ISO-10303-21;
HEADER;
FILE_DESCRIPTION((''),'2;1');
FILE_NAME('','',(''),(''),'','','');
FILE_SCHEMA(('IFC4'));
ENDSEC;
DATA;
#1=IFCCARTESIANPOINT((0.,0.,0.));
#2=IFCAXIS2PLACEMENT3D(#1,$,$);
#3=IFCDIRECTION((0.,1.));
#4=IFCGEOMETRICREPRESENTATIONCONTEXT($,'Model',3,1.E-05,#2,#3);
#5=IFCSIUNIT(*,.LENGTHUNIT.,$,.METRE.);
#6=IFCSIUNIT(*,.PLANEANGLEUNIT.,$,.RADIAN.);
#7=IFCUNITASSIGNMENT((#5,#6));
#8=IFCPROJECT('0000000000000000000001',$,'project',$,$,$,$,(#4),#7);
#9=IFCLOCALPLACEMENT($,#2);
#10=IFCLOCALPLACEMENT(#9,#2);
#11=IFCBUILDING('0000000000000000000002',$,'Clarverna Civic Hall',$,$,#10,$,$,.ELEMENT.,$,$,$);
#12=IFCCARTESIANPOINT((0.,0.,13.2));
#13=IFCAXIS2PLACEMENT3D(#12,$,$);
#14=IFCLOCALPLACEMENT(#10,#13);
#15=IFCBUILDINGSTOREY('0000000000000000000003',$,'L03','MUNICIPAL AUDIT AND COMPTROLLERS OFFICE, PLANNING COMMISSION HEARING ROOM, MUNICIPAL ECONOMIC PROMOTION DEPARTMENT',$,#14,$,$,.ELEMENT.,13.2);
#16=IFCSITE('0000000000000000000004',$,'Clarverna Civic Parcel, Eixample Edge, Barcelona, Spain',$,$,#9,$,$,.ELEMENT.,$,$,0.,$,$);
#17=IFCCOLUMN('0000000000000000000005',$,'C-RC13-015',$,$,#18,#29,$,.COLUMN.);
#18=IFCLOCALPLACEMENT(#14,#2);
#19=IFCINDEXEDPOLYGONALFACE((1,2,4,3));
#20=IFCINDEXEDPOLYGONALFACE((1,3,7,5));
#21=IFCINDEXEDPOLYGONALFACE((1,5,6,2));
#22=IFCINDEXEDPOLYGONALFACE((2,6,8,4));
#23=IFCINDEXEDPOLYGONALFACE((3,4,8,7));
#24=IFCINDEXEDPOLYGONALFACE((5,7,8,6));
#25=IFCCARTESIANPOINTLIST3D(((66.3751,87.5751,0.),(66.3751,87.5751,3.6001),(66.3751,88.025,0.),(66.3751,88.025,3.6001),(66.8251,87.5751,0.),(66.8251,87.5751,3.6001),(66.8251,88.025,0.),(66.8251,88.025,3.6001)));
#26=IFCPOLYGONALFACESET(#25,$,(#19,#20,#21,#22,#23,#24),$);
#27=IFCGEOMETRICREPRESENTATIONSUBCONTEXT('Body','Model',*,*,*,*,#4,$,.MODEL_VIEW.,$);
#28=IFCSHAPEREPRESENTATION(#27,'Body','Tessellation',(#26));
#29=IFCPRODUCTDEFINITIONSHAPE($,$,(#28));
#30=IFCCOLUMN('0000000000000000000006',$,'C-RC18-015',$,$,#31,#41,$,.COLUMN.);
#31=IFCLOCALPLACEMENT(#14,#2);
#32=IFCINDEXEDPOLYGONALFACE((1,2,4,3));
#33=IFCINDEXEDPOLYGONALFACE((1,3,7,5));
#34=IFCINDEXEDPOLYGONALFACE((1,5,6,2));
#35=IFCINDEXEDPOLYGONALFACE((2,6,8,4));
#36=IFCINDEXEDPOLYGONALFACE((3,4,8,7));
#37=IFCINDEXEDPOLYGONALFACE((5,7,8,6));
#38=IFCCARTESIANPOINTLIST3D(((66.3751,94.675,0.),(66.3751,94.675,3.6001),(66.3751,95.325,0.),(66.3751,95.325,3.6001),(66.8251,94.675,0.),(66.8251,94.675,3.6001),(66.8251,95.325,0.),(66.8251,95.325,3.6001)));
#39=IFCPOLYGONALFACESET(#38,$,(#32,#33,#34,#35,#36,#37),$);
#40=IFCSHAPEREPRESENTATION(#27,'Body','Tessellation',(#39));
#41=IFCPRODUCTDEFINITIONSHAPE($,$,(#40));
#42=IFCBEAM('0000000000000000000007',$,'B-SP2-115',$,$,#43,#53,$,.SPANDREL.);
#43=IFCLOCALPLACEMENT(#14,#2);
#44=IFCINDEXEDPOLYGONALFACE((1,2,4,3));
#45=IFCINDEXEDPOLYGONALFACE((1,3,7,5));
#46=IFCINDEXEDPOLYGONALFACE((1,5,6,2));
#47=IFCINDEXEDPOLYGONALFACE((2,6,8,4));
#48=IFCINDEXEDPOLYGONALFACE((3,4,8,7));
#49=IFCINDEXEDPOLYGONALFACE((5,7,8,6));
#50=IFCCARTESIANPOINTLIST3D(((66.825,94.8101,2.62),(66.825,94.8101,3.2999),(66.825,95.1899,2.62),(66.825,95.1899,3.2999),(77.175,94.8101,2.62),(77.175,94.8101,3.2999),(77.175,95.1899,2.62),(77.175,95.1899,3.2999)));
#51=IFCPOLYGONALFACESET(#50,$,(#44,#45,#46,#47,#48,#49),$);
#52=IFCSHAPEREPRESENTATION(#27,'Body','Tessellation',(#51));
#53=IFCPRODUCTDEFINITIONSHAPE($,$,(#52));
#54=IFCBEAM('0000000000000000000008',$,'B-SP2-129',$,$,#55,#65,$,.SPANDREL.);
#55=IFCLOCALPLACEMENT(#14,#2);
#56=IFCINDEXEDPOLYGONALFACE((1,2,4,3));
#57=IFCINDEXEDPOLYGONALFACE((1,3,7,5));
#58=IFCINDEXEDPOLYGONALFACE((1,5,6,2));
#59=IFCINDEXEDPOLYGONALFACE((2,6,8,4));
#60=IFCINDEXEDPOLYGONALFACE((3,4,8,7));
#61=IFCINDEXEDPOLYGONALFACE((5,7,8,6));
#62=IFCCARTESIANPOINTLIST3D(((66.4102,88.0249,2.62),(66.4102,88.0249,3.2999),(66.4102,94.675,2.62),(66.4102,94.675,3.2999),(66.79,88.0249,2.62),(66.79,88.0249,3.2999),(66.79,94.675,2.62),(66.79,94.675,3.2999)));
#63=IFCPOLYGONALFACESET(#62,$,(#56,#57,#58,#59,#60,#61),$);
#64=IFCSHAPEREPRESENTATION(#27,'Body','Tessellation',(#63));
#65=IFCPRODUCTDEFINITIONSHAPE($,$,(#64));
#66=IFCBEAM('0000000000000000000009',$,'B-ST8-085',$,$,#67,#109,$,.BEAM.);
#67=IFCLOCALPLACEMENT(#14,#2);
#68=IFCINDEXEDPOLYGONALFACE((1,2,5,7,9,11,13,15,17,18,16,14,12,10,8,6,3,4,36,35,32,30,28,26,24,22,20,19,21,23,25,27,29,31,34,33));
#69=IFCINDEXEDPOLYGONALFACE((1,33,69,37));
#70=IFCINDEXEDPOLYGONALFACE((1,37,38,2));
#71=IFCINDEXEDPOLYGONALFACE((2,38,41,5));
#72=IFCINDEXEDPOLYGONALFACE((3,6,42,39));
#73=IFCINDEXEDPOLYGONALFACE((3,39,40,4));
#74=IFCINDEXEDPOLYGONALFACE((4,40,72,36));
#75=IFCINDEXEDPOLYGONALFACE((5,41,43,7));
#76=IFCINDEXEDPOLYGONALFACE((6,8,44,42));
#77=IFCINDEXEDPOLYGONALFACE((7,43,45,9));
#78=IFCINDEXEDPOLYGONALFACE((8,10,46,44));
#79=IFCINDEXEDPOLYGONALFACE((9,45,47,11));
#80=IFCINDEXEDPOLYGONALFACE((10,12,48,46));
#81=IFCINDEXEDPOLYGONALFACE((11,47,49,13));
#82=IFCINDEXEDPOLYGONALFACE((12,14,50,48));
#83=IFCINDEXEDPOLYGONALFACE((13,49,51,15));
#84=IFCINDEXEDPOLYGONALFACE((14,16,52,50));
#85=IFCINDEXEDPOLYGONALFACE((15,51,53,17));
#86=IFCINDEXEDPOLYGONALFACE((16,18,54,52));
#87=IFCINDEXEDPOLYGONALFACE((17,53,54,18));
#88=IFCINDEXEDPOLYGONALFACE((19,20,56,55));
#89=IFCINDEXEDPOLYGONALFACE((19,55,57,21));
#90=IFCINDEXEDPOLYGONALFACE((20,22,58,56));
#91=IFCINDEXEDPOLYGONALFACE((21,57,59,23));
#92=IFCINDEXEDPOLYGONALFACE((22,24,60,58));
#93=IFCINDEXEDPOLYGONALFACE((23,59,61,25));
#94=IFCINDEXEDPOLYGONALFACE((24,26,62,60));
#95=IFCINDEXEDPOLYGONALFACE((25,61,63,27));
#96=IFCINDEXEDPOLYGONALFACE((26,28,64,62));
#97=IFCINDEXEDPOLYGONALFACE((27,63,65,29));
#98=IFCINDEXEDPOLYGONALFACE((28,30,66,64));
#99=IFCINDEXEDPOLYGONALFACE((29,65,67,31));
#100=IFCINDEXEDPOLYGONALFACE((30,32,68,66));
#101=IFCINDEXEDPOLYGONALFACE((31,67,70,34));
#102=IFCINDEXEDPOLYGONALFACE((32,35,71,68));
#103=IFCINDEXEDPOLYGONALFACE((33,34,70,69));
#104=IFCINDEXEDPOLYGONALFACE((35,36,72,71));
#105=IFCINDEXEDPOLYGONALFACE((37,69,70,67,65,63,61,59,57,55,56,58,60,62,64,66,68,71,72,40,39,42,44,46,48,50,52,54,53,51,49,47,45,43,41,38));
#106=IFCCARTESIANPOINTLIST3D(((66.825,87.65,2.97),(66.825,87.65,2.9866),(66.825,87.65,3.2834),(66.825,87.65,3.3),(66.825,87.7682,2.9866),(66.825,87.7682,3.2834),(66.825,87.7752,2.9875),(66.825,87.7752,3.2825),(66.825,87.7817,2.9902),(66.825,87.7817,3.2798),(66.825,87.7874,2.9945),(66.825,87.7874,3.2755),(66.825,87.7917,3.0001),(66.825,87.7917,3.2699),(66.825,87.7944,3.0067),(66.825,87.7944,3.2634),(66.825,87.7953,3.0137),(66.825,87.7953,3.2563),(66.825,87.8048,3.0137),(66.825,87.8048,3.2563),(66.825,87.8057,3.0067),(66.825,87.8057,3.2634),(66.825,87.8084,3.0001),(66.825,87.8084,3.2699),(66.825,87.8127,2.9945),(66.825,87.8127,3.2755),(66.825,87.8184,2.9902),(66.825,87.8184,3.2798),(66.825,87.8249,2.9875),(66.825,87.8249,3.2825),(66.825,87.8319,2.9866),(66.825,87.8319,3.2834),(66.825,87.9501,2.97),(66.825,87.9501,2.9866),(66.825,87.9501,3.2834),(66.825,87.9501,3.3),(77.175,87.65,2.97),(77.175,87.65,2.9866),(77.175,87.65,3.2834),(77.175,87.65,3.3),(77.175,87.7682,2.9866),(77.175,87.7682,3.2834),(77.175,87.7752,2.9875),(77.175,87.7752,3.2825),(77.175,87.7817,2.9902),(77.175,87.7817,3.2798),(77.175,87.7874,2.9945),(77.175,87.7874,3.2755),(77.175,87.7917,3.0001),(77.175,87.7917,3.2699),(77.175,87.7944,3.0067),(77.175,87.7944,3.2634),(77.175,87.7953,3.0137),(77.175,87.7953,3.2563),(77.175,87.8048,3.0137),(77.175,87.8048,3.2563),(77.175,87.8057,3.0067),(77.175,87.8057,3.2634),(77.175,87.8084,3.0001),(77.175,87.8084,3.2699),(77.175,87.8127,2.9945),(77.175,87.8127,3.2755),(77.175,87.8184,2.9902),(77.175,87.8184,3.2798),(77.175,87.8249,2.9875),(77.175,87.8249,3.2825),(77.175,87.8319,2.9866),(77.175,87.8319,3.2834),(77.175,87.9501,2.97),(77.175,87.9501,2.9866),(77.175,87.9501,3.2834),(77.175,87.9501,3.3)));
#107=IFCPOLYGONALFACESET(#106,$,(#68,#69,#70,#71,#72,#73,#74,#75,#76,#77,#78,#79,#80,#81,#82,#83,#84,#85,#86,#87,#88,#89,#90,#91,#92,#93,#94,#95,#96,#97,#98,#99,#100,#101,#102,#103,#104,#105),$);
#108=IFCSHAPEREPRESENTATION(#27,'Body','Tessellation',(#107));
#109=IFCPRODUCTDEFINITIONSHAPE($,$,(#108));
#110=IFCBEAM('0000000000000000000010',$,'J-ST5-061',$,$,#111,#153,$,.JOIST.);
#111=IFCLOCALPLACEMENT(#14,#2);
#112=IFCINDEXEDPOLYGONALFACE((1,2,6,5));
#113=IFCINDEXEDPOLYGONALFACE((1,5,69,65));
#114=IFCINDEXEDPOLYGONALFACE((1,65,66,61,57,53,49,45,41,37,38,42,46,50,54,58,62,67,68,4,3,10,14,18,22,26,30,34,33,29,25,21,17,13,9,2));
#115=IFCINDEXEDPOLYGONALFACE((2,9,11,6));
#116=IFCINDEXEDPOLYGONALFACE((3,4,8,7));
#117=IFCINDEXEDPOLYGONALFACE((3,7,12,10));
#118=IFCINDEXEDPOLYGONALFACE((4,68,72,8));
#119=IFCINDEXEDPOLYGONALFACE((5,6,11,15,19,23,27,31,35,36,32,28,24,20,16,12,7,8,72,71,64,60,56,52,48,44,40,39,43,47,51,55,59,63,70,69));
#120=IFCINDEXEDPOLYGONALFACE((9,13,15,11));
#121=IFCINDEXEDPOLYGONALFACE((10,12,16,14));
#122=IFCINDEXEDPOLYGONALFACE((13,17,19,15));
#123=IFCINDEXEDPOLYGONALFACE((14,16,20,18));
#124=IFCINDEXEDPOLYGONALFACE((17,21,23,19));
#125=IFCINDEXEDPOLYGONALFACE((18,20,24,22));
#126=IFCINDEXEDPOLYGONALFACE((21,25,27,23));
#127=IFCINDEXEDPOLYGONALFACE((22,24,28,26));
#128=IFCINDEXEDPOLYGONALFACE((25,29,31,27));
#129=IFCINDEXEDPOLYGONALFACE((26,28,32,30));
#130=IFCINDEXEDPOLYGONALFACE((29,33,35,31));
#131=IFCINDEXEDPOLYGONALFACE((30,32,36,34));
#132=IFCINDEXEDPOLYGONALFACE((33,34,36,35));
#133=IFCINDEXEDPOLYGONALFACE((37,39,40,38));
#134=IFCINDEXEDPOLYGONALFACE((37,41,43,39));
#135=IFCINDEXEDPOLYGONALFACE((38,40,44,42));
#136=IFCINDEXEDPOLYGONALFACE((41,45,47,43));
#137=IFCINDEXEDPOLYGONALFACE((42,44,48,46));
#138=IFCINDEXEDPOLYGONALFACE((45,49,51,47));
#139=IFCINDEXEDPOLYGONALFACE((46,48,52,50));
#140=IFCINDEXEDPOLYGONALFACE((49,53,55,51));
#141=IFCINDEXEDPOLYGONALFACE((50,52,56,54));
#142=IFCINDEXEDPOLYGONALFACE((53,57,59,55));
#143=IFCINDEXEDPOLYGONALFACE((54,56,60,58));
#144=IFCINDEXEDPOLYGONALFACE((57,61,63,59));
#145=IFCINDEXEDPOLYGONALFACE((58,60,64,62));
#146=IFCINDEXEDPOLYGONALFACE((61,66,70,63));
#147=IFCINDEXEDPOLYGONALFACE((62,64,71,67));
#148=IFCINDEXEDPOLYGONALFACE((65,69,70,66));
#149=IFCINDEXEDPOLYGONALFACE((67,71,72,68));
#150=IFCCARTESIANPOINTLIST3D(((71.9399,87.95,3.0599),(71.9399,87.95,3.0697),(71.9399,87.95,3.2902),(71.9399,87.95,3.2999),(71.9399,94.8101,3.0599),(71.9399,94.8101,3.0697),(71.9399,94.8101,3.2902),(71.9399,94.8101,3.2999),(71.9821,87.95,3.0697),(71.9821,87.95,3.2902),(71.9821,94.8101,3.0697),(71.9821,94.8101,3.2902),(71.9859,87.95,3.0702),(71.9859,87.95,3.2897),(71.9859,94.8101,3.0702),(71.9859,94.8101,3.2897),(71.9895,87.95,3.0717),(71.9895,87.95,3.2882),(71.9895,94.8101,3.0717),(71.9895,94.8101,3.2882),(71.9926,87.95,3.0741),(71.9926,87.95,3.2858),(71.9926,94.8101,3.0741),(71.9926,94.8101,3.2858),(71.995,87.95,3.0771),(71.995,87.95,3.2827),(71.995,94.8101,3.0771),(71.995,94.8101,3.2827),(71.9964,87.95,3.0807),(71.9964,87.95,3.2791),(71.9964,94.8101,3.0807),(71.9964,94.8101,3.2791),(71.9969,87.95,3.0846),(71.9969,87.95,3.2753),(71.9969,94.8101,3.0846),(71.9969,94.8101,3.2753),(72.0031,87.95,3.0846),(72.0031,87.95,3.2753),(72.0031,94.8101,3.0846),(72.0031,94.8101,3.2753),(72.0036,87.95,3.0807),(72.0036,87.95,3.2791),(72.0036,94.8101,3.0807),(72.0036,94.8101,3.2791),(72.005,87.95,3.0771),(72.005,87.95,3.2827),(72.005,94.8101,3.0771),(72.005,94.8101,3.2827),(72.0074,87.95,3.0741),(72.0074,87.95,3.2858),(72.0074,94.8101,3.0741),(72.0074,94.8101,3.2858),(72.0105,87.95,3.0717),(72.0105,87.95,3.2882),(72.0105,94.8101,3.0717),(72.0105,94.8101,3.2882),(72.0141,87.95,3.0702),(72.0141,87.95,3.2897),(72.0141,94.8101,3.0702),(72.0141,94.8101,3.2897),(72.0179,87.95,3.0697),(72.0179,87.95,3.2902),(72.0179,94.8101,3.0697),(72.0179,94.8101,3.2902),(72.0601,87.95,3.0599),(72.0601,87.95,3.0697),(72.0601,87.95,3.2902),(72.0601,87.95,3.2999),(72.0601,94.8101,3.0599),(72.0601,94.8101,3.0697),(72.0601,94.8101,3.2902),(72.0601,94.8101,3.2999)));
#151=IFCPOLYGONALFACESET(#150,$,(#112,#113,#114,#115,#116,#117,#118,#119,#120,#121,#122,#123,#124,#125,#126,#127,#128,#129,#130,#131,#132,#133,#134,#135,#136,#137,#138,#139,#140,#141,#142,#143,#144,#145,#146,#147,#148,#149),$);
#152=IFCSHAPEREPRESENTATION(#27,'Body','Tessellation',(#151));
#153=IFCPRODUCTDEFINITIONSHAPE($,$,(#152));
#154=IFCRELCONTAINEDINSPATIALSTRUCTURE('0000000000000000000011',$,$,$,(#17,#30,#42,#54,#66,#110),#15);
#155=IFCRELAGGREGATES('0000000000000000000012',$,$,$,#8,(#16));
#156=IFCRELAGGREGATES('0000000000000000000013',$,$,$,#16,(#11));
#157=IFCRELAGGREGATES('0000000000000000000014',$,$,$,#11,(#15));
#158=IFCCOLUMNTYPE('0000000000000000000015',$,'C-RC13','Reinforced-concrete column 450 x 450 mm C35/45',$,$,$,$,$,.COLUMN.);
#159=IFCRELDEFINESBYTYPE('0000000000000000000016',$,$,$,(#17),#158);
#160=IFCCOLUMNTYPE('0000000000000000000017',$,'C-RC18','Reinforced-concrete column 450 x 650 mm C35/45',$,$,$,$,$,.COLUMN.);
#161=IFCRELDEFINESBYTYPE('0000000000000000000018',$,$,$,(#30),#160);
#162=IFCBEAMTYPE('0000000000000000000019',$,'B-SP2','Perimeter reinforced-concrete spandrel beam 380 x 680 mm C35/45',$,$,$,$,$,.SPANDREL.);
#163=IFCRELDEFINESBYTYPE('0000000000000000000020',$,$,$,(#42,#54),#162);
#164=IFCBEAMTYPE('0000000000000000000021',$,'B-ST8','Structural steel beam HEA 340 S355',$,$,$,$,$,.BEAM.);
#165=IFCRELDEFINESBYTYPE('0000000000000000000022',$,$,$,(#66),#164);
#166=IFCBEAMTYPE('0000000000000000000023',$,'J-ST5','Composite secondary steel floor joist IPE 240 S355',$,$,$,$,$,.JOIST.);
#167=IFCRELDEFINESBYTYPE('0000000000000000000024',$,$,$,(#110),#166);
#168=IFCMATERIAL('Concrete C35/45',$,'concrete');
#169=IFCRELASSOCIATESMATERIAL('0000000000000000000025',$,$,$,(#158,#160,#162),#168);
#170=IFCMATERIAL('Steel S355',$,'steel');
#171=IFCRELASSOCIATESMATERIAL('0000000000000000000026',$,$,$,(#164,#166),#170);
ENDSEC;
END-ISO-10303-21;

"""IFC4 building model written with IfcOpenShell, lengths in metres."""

from ifc_helpers import new_model, si_unit, direction, frame, origin, origin_2d, place, context, subcontext, project, spatial, rectangle, i_section, extrude, material, material_profile, profile_set, type_object, element, save


model = new_model("IFC4")

# Units and contexts
model_context = context("Model", 3, precision=1e-05, world=origin(), true_north=direction((0.0, 1.0)))
body_context = subcontext(model_context, "Body", "Model", "MODEL_VIEW")
ifc_project = project(units=[si_unit("LENGTHUNIT", "METRE"), si_unit("PLANEANGLEUNIT", "RADIAN")], contexts=[model_context])

# Site, building, storey
site_placement = place(None, origin())
site = spatial("IfcSite", under=ifc_project, at=site_placement, Name="Clarverna Civic Parcel, Eixample Edge, Barcelona, Spain", CompositionType="ELEMENT", RefElevation=0.0)
building_placement = place(site_placement, origin())
building = spatial("IfcBuilding", under=site, at=building_placement, Name="Clarverna Civic Hall", CompositionType="ELEMENT")
storey_placement = place(building_placement, frame((0.0, 0.0, 13.2)))
storey = spatial("IfcBuildingStorey", under=building, at=storey_placement, Name="L03", Description="MUNICIPAL AUDIT AND COMPTROLLERS OFFICE, PLANNING COMMISSION HEARING ROOM, MUNICIPAL ECONOMIC PROMOTION DEPARTMENT", CompositionType="ELEMENT", Elevation=13.2)

# Columns
ifc_material_1 = material(Name="Concrete C35/45", Category="concrete")
ifc_material_profile_1 = material_profile(ifc_material_1, rectangle(XDim=0.45, YDim=0.45, at=origin_2d()), Name="RC 450x450")
ifc_profile_set_1 = profile_set([ifc_material_profile_1], Name="Concrete C35/45")
column_type_1 = type_object("IfcColumnType", Name="C-RC13", Description="Reinforced-concrete column 450 x 450 mm C35/45", PredefinedType="COLUMN", material=ifc_profile_set_1)
column_1_placement = place(storey_placement, frame((66.6001, 87.8, 0.0), z_axis=(0.0, 0.0, 1.0), x_axis=(1.0, 0.0, 0.0)))
element("IfcColumn", 1, at=column_1_placement, inside=storey, type_object=column_type_1, Name="C-RC13-015", PredefinedType="COLUMN", context=body_context, shape_type="SweptSolid", body=[
    extrude(rectangle(XDim=0.45, YDim=0.45, at=origin_2d()), origin(), (0.0, 0.0, 1.0), 3.6001),
])
ifc_material_profile_2 = material_profile(ifc_material_1, rectangle(XDim=0.45, YDim=0.6499, at=origin_2d()), Name="RC 450x650")
ifc_profile_set_2 = profile_set([ifc_material_profile_2], Name="Concrete C35/45")
column_type_2 = type_object("IfcColumnType", Name="C-RC18", Description="Reinforced-concrete column 450 x 650 mm C35/45", PredefinedType="COLUMN", material=ifc_profile_set_2)
column_2_placement = place(storey_placement, frame((66.6001, 95.0, 0.0), z_axis=(0.0, 0.0, 1.0), x_axis=(1.0, 0.0, 0.0)))
element("IfcColumn", 2, at=column_2_placement, inside=storey, type_object=column_type_2, Name="C-RC18-015", PredefinedType="COLUMN", context=body_context, shape_type="SweptSolid", body=[
    extrude(rectangle(XDim=0.45, YDim=0.6499, at=origin_2d()), origin(), (0.0, 0.0, 1.0), 3.6001),
])

# Beams
ifc_material_profile_3 = material_profile(ifc_material_1, rectangle(XDim=0.3799, YDim=0.6799, at=origin_2d()), Name="RC 380x680")
ifc_profile_set_3 = profile_set([ifc_material_profile_3], Name="Concrete C35/45")
beam_type_1 = type_object("IfcBeamType", Name="B-SP2", Description="Perimeter reinforced-concrete spandrel beam 380 x 680 mm C35/45", PredefinedType="SPANDREL", material=ifc_profile_set_3)
beam_1_placement = place(storey_placement, frame((66.825, 95.0, 2.96), z_axis=(1.0, 0.0, 0.0), x_axis=(0.0, 1.0, 0.0)))
element("IfcBeam", 3, at=beam_1_placement, inside=storey, type_object=beam_type_1, Name="B-SP2-115", PredefinedType="SPANDREL", context=body_context, shape_type="SweptSolid", body=[
    extrude(rectangle(XDim=0.3799, YDim=0.6799, at=origin_2d()), origin(), (0.0, 0.0, 1.0), 10.3501),
])
beam_2_placement = place(storey_placement, frame((66.6001, 88.0249, 2.96), z_axis=(0.0, 1.0, 0.0), x_axis=(-1.0, 0.0, 0.0)))
element("IfcBeam", 4, at=beam_2_placement, inside=storey, type_object=beam_type_1, Name="B-SP2-129", PredefinedType="SPANDREL", context=body_context, shape_type="SweptSolid", body=[
    extrude(rectangle(XDim=0.3799, YDim=0.6799, at=origin_2d()), origin(), (0.0, 0.0, 1.0), 6.6501),
])
ifc_material_2 = material(Name="Steel S355", Category="steel")
ifc_material_profile_4 = material_profile(ifc_material_2, i_section(OverallWidth=0.3, OverallDepth=0.3301, WebThickness=0.0095, FlangeThickness=0.0166, FilletRadius=0.0271, at=origin_2d()), Name="HEA 340")
ifc_profile_set_4 = profile_set([ifc_material_profile_4], Name="Steel S355")
beam_type_2 = type_object("IfcBeamType", Name="B-ST8", Description="Structural steel beam HEA 340 S355", PredefinedType="BEAM", material=ifc_profile_set_4)
beam_3_placement = place(storey_placement, frame((66.825, 87.8, 3.135), z_axis=(1.0, 0.0, 0.0), x_axis=(0.0, 1.0, 0.0)))
element("IfcBeam", 5, at=beam_3_placement, inside=storey, type_object=beam_type_2, Name="B-ST8-085", PredefinedType="BEAM", context=body_context, shape_type="SweptSolid", body=[
    extrude(i_section(OverallWidth=0.3, OverallDepth=0.3301, WebThickness=0.0095, FlangeThickness=0.0166, FilletRadius=0.0271, at=origin_2d()), origin(), (0.0, 0.0, 1.0), 10.3501),
])
ifc_material_profile_5 = material_profile(ifc_material_2, i_section(OverallWidth=0.1201, OverallDepth=0.24, WebThickness=0.0061, FlangeThickness=0.0098, FilletRadius=0.0149, at=origin_2d()), Name="IPE 240")
ifc_profile_set_5 = profile_set([ifc_material_profile_5], Name="Steel S355")
beam_type_3 = type_object("IfcBeamType", Name="J-ST5", Description="Composite secondary steel floor joist IPE 240 S355", PredefinedType="JOIST", material=ifc_profile_set_5)
beam_4_placement = place(storey_placement, frame((72.0, 87.95, 3.1799), z_axis=(0.0, 1.0, 0.0), x_axis=(-1.0, 0.0, 0.0)))
element("IfcBeam", 6, at=beam_4_placement, inside=storey, type_object=beam_type_3, Name="J-ST5-061", PredefinedType="JOIST", context=body_context, shape_type="SweptSolid", body=[
    extrude(i_section(OverallWidth=0.1201, OverallDepth=0.24, WebThickness=0.0061, FlangeThickness=0.0098, FilletRadius=0.0149, at=origin_2d()), origin(), (0.0, 0.0, 1.0), 6.8601),
])

save(model, "model.ifc")
